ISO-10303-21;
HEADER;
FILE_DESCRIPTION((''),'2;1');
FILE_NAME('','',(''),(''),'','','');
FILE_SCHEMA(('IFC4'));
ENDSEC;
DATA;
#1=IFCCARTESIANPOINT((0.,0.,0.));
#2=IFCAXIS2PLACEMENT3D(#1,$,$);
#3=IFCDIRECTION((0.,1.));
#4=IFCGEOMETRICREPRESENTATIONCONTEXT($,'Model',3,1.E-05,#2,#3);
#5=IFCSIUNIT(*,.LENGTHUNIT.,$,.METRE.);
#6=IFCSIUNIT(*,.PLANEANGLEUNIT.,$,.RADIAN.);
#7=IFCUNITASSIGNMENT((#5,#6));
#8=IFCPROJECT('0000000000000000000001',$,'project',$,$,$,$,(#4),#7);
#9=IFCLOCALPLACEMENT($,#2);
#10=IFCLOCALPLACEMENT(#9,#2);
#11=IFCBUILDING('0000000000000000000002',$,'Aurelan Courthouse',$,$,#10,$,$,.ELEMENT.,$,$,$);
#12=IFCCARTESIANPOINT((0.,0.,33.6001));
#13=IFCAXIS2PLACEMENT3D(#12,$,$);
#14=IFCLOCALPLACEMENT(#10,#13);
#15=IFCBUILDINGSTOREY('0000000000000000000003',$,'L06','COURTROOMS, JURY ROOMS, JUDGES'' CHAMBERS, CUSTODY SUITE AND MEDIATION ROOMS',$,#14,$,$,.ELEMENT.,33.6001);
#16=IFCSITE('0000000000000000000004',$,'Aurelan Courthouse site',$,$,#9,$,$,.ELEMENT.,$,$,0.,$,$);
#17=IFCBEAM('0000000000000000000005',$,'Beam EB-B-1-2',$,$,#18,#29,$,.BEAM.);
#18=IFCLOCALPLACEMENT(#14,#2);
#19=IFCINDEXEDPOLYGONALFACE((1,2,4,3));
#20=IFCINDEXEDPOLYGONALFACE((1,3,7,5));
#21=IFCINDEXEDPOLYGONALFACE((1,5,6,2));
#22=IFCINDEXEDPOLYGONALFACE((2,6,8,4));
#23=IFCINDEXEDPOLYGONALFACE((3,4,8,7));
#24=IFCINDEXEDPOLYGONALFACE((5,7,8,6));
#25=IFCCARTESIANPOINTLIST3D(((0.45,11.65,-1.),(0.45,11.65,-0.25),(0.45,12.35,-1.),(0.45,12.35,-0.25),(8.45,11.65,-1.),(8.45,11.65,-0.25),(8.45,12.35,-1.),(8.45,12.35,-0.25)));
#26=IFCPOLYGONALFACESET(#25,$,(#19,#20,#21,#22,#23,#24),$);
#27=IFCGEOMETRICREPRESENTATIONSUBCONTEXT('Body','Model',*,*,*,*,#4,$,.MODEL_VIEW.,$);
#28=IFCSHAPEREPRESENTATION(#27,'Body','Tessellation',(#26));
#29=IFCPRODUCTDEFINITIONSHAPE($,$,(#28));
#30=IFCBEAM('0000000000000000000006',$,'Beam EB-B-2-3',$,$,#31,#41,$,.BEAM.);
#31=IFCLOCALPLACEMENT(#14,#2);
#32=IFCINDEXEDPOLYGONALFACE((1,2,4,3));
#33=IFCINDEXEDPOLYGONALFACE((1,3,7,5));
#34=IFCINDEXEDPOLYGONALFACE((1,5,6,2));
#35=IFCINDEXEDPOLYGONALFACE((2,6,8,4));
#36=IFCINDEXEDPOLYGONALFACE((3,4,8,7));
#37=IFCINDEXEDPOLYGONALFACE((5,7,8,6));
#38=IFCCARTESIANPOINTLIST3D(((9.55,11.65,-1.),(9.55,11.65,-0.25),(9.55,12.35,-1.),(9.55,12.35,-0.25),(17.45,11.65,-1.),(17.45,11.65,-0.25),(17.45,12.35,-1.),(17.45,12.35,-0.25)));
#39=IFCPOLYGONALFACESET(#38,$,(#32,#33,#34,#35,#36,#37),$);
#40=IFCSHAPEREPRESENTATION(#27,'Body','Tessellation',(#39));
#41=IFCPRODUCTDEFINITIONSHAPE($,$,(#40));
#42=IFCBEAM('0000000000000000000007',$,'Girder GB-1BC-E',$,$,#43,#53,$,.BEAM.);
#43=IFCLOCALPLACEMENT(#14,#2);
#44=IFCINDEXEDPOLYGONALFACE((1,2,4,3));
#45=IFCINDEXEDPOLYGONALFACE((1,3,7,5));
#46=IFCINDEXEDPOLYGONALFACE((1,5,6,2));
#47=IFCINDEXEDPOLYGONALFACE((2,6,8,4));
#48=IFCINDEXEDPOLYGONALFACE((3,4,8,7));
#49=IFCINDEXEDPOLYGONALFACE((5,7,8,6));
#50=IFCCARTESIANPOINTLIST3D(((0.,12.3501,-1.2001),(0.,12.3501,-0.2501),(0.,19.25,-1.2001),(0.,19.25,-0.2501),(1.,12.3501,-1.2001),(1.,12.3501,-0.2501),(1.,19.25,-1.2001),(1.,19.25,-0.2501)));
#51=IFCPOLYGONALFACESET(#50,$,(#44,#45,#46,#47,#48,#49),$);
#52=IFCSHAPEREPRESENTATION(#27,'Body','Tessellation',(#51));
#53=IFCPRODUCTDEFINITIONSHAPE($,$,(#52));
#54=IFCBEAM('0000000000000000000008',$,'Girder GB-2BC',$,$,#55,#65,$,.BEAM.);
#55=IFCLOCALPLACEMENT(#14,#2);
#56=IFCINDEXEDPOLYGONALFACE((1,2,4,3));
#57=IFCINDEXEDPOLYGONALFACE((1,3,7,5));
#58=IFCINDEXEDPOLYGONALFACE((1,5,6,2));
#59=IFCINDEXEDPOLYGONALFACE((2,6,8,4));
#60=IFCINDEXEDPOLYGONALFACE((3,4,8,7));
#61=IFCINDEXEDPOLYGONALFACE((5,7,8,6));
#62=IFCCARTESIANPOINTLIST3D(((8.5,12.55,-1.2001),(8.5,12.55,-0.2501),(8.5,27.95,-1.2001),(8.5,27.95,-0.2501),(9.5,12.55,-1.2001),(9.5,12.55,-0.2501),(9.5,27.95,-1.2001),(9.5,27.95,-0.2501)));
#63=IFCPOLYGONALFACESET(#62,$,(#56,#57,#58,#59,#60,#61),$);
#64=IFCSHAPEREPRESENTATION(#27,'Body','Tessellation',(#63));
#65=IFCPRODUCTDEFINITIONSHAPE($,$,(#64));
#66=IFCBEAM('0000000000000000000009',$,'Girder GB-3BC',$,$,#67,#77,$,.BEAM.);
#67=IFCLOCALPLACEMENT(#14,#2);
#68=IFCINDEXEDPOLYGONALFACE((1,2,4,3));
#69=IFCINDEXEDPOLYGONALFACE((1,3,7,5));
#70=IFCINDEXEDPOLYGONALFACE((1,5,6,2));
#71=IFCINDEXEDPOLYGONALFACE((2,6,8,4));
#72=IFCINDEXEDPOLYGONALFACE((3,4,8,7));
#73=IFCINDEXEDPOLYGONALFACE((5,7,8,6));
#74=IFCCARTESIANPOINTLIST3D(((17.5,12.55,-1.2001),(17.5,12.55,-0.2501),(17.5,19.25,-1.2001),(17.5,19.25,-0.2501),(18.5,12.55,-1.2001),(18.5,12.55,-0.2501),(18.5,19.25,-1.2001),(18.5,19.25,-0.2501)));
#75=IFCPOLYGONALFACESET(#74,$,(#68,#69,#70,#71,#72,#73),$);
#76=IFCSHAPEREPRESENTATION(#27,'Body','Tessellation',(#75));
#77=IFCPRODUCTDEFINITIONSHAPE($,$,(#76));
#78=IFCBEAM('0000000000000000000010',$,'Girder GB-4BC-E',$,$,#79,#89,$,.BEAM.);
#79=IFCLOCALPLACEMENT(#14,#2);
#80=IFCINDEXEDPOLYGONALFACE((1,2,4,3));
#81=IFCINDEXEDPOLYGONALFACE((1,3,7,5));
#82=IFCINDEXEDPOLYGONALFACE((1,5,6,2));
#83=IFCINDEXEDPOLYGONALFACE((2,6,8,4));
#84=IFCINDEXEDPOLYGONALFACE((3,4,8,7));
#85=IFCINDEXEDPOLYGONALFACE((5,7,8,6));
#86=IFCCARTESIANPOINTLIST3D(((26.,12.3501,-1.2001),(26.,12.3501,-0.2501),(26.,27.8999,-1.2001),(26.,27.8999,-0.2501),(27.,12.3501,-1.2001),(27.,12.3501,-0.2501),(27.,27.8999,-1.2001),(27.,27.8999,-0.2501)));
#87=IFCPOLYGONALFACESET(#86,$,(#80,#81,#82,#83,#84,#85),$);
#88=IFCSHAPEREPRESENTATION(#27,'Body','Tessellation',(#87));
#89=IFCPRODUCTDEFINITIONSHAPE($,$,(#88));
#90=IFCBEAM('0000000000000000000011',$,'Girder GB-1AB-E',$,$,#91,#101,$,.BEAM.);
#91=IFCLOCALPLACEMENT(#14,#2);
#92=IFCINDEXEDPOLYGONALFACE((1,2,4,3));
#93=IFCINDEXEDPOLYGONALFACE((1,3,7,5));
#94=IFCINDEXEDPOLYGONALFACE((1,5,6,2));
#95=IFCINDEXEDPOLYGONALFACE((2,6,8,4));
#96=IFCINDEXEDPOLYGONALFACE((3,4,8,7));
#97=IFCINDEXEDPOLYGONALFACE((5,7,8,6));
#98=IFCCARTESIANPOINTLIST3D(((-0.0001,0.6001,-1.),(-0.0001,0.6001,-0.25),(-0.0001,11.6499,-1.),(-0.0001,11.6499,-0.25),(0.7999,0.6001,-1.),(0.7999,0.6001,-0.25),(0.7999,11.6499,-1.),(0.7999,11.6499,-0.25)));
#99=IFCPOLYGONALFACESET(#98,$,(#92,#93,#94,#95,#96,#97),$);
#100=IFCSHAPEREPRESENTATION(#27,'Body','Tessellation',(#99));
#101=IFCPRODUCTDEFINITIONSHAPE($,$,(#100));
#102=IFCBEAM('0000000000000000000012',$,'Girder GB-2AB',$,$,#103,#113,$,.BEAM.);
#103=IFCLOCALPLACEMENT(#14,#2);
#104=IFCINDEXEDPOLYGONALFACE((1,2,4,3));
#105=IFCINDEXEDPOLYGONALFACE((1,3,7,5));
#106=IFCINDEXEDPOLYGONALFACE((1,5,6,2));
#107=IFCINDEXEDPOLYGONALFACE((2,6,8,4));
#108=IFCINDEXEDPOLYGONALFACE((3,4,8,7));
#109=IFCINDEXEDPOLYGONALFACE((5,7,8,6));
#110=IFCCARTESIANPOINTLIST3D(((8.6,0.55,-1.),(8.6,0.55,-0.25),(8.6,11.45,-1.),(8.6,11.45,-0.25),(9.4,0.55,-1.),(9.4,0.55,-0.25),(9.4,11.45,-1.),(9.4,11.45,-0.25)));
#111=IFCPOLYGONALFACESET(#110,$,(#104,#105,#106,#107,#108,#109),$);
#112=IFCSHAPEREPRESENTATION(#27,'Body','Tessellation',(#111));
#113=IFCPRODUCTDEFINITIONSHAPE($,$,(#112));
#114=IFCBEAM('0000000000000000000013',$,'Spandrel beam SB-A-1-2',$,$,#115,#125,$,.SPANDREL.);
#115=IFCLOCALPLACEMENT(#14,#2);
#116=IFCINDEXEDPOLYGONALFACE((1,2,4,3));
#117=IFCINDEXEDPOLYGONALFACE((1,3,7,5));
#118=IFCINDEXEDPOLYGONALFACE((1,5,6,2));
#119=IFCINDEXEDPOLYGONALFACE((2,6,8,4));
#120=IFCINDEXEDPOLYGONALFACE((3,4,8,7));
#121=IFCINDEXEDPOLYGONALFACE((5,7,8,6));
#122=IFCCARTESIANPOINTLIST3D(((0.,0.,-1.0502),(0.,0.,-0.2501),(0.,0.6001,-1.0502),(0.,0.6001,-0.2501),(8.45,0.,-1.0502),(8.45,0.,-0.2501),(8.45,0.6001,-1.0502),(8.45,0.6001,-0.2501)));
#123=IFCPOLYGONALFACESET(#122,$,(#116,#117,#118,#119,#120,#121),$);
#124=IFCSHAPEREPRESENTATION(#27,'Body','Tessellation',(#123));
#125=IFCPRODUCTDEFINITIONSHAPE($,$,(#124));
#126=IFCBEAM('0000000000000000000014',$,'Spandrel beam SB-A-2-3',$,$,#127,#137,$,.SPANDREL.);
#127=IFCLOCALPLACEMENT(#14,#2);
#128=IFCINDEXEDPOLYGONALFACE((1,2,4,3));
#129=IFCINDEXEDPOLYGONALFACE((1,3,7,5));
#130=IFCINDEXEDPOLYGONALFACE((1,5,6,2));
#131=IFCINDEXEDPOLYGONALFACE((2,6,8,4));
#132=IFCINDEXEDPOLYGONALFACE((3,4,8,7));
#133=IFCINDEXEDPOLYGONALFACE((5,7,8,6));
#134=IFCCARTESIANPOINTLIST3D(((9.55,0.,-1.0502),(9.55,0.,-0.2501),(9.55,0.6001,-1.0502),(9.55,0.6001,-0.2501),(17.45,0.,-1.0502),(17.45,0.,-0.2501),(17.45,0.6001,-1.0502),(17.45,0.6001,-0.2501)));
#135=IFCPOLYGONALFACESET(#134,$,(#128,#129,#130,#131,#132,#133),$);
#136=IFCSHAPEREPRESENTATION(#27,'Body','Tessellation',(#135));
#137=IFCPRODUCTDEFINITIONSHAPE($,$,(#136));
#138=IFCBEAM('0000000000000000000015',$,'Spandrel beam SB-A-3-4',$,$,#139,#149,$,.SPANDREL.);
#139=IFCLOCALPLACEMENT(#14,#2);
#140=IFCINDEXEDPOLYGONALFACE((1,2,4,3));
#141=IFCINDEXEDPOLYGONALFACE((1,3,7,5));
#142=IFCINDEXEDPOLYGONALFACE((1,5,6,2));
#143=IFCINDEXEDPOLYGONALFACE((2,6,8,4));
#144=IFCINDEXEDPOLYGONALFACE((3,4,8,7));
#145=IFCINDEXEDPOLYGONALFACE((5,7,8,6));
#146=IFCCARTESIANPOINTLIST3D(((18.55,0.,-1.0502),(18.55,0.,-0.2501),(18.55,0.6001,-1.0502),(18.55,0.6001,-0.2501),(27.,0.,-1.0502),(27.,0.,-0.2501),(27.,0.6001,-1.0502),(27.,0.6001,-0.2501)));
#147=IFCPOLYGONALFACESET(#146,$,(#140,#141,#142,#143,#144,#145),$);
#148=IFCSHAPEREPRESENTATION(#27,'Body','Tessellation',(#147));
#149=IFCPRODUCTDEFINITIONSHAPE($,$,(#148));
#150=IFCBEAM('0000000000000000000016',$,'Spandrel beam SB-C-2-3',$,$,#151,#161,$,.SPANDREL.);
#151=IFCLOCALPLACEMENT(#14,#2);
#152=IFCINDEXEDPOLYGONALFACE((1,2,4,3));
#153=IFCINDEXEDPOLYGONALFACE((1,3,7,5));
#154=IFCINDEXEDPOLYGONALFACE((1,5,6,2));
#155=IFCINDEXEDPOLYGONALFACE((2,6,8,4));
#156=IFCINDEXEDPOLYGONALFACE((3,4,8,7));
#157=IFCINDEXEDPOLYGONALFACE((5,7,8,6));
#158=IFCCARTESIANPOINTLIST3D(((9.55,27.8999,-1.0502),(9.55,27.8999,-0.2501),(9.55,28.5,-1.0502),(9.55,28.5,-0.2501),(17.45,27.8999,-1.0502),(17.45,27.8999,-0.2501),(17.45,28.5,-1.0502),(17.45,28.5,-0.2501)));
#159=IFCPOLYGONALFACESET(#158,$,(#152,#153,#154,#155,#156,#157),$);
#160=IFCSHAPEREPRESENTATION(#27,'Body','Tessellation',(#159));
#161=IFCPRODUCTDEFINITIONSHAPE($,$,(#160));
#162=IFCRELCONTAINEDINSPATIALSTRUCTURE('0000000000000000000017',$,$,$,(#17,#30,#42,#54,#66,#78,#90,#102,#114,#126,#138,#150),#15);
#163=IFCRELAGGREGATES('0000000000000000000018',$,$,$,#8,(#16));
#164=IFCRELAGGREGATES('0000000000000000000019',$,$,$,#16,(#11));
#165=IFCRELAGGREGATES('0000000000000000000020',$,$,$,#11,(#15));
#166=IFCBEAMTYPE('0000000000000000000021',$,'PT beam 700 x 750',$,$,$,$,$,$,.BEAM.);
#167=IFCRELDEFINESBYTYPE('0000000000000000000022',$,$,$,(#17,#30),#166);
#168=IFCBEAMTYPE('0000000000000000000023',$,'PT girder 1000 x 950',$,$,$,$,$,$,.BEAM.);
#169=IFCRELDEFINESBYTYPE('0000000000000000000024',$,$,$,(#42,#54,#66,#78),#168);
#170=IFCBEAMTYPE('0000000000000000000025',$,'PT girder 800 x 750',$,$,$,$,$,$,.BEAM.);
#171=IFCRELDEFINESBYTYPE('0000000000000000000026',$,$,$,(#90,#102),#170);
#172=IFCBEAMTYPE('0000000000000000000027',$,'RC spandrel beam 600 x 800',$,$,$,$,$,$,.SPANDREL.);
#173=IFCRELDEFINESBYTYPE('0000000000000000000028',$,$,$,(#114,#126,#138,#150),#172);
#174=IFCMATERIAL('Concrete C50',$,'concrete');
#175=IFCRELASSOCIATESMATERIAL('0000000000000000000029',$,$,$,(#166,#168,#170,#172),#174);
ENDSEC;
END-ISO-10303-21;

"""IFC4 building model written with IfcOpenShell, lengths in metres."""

from ifc_helpers import new_model, si_unit, direction, frame, origin, origin_2d, place, context, subcontext, project, spatial, rectangle, extrude, material, material_profile, profile_set, type_object, element, save


model = new_model("IFC4")

# Units and contexts
model_context = context("Model", 3, precision=1e-05, world=origin(), true_north=direction((0.0, 1.0)))
body_context = subcontext(model_context, "Body", "Model", "MODEL_VIEW")
ifc_project = project(units=[si_unit("LENGTHUNIT", "METRE"), si_unit("PLANEANGLEUNIT", "RADIAN")], contexts=[model_context])

# Site, building, storey
site_placement = place(None, origin())
site = spatial("IfcSite", under=ifc_project, at=site_placement, Name="Aurelan Courthouse site", CompositionType="ELEMENT", RefElevation=0.0)
building_placement = place(site_placement, origin())
building = spatial("IfcBuilding", under=site, at=building_placement, Name="Aurelan Courthouse", CompositionType="ELEMENT")
storey_placement = place(building_placement, frame((0.0, 0.0, 33.6001)))
storey = spatial("IfcBuildingStorey", under=building, at=storey_placement, Name="L06", Description="COURTROOMS, JURY ROOMS, JUDGES' CHAMBERS, CUSTODY SUITE AND MEDIATION ROOMS", CompositionType="ELEMENT", Elevation=33.6001)

# Beams
ifc_material_1 = material(Name="Concrete C50", Category="concrete")
ifc_material_profile_1 = material_profile(ifc_material_1, rectangle(XDim=0.7, YDim=0.75, at=origin_2d()), Name="RC 700 x 750")
ifc_profile_set_1 = profile_set([ifc_material_profile_1], Name="Concrete C50")
beam_type_1 = type_object("IfcBeamType", Name="PT beam 700 x 750", PredefinedType="BEAM", material=ifc_profile_set_1)
beam_1_placement = place(storey_placement, frame((0.45, 12.0, -0.625), z_axis=(1.0, 0.0, 0.0), x_axis=(0.0, 1.0, 0.0)))
element("IfcBeam", 1, at=beam_1_placement, inside=storey, type_object=beam_type_1, Name="Beam EB-B-1-2", PredefinedType="BEAM", context=body_context, shape_type="SweptSolid", body=[
    extrude(rectangle(XDim=0.7, YDim=0.75, at=origin_2d()), origin(), (0.0, 0.0, 1.0), 8.0),
])
beam_2_placement = place(storey_placement, frame((9.55, 12.0, -0.625), z_axis=(1.0, 0.0, 0.0), x_axis=(0.0, 1.0, 0.0)))
element("IfcBeam", 2, at=beam_2_placement, inside=storey, type_object=beam_type_1, Name="Beam EB-B-2-3", PredefinedType="BEAM", context=body_context, shape_type="SweptSolid", body=[
    extrude(rectangle(XDim=0.7, YDim=0.75, at=origin_2d()), origin(), (0.0, 0.0, 1.0), 7.8999),
])
ifc_material_profile_2 = material_profile(ifc_material_1, rectangle(XDim=1.0, YDim=0.95, at=origin_2d()), Name="RC 1000 x 950")
ifc_profile_set_2 = profile_set([ifc_material_profile_2], Name="Concrete C50")
beam_type_2 = type_object("IfcBeamType", Name="PT girder 1000 x 950", PredefinedType="BEAM", material=ifc_profile_set_2)
beam_3_placement = place(storey_placement, frame((0.5, 12.3501, -0.7251), z_axis=(0.0, 1.0, 0.0), x_axis=(-1.0, 0.0, 0.0)))
element("IfcBeam", 3, at=beam_3_placement, inside=storey, type_object=beam_type_2, Name="Girder GB-1BC-E", PredefinedType="BEAM", context=body_context, shape_type="SweptSolid", body=[
    extrude(rectangle(XDim=1.0, YDim=0.95, at=origin_2d()), origin(), (0.0, 0.0, 1.0), 6.8999),
])
beam_4_placement = place(storey_placement, frame((9.0, 12.55, -0.7251), z_axis=(0.0, 1.0, 0.0), x_axis=(-1.0, 0.0, 0.0)))
element("IfcBeam", 4, at=beam_4_placement, inside=storey, type_object=beam_type_2, Name="Girder GB-2BC", PredefinedType="BEAM", context=body_context, shape_type="SweptSolid", body=[
    extrude(rectangle(XDim=1.0, YDim=0.95, at=origin_2d()), origin(), (0.0, 0.0, 1.0), 15.3999),
])
beam_5_placement = place(storey_placement, frame((18.0, 12.55, -0.7251), z_axis=(0.0, 1.0, 0.0), x_axis=(-1.0, 0.0, 0.0)))
element("IfcBeam", 5, at=beam_5_placement, inside=storey, type_object=beam_type_2, Name="Girder GB-3BC", PredefinedType="BEAM", context=body_context, shape_type="SweptSolid", body=[
    extrude(rectangle(XDim=1.0, YDim=0.95, at=origin_2d()), origin(), (0.0, 0.0, 1.0), 6.7),
])
beam_6_placement = place(storey_placement, frame((26.5, 12.3501, -0.7251), z_axis=(0.0, 1.0, 0.0), x_axis=(-1.0, 0.0, 0.0)))
element("IfcBeam", 6, at=beam_6_placement, inside=storey, type_object=beam_type_2, Name="Girder GB-4BC-E", PredefinedType="BEAM", context=body_context, shape_type="SweptSolid", body=[
    extrude(rectangle(XDim=1.0, YDim=0.95, at=origin_2d()), origin(), (0.0, 0.0, 1.0), 15.5498),
])
ifc_material_profile_3 = material_profile(ifc_material_1, rectangle(XDim=0.8, YDim=0.75, at=origin_2d()), Name="RC 800 x 750")
ifc_profile_set_3 = profile_set([ifc_material_profile_3], Name="Concrete C50")
beam_type_3 = type_object("IfcBeamType", Name="PT girder 800 x 750", PredefinedType="BEAM", material=ifc_profile_set_3)
beam_7_placement = place(storey_placement, frame((0.3999, 0.6001, -0.625), z_axis=(0.0, 1.0, 0.0), x_axis=(-1.0, 0.0, 0.0)))
element("IfcBeam", 7, at=beam_7_placement, inside=storey, type_object=beam_type_3, Name="Girder GB-1AB-E", PredefinedType="BEAM", context=body_context, shape_type="SweptSolid", body=[
    extrude(rectangle(XDim=0.8, YDim=0.75, at=origin_2d()), origin(), (0.0, 0.0, 1.0), 11.0498),
])
beam_8_placement = place(storey_placement, frame((9.0, 0.55, -0.625), z_axis=(0.0, 1.0, 0.0), x_axis=(-1.0, 0.0, 0.0)))
element("IfcBeam", 8, at=beam_8_placement, inside=storey, type_object=beam_type_3, Name="Girder GB-2AB", PredefinedType="BEAM", context=body_context, shape_type="SweptSolid", body=[
    extrude(rectangle(XDim=0.8, YDim=0.75, at=origin_2d()), origin(), (0.0, 0.0, 1.0), 10.8999),
])
ifc_material_profile_4 = material_profile(ifc_material_1, rectangle(XDim=0.6001, YDim=0.8, at=origin_2d()), Name="RC 600 x 800")
ifc_profile_set_4 = profile_set([ifc_material_profile_4], Name="Concrete C50")
beam_type_4 = type_object("IfcBeamType", Name="RC spandrel beam 600 x 800", PredefinedType="SPANDREL", material=ifc_profile_set_4)
beam_9_placement = place(storey_placement, frame((0.0, 0.3, -0.6501), z_axis=(1.0, 0.0, 0.0), x_axis=(0.0, 1.0, 0.0)))
element("IfcBeam", 9, at=beam_9_placement, inside=storey, type_object=beam_type_4, Name="Spandrel beam SB-A-1-2", PredefinedType="SPANDREL", context=body_context, shape_type="SweptSolid", body=[
    extrude(rectangle(XDim=0.6001, YDim=0.8, at=origin_2d()), origin(), (0.0, 0.0, 1.0), 8.45),
])
beam_10_placement = place(storey_placement, frame((9.55, 0.3, -0.6501), z_axis=(1.0, 0.0, 0.0), x_axis=(0.0, 1.0, 0.0)))
element("IfcBeam", 10, at=beam_10_placement, inside=storey, type_object=beam_type_4, Name="Spandrel beam SB-A-2-3", PredefinedType="SPANDREL", context=body_context, shape_type="SweptSolid", body=[
    extrude(rectangle(XDim=0.6001, YDim=0.8, at=origin_2d()), origin(), (0.0, 0.0, 1.0), 7.8999),
])
beam_11_placement = place(storey_placement, frame((18.55, 0.3, -0.6501), z_axis=(1.0, 0.0, 0.0), x_axis=(0.0, 1.0, 0.0)))
element("IfcBeam", 11, at=beam_11_placement, inside=storey, type_object=beam_type_4, Name="Spandrel beam SB-A-3-4", PredefinedType="SPANDREL", context=body_context, shape_type="SweptSolid", body=[
    extrude(rectangle(XDim=0.6001, YDim=0.8, at=origin_2d()), origin(), (0.0, 0.0, 1.0), 8.45),
])
beam_12_placement = place(storey_placement, frame((9.55, 28.2, -0.6501), z_axis=(1.0, 0.0, 0.0), x_axis=(0.0, 1.0, 0.0)))
element("IfcBeam", 12, at=beam_12_placement, inside=storey, type_object=beam_type_4, Name="Spandrel beam SB-C-2-3", PredefinedType="SPANDREL", context=body_context, shape_type="SweptSolid", body=[
    extrude(rectangle(XDim=0.6001, YDim=0.8, at=origin_2d()), origin(), (0.0, 0.0, 1.0), 7.8999),
])

save(model, "model.ifc")
